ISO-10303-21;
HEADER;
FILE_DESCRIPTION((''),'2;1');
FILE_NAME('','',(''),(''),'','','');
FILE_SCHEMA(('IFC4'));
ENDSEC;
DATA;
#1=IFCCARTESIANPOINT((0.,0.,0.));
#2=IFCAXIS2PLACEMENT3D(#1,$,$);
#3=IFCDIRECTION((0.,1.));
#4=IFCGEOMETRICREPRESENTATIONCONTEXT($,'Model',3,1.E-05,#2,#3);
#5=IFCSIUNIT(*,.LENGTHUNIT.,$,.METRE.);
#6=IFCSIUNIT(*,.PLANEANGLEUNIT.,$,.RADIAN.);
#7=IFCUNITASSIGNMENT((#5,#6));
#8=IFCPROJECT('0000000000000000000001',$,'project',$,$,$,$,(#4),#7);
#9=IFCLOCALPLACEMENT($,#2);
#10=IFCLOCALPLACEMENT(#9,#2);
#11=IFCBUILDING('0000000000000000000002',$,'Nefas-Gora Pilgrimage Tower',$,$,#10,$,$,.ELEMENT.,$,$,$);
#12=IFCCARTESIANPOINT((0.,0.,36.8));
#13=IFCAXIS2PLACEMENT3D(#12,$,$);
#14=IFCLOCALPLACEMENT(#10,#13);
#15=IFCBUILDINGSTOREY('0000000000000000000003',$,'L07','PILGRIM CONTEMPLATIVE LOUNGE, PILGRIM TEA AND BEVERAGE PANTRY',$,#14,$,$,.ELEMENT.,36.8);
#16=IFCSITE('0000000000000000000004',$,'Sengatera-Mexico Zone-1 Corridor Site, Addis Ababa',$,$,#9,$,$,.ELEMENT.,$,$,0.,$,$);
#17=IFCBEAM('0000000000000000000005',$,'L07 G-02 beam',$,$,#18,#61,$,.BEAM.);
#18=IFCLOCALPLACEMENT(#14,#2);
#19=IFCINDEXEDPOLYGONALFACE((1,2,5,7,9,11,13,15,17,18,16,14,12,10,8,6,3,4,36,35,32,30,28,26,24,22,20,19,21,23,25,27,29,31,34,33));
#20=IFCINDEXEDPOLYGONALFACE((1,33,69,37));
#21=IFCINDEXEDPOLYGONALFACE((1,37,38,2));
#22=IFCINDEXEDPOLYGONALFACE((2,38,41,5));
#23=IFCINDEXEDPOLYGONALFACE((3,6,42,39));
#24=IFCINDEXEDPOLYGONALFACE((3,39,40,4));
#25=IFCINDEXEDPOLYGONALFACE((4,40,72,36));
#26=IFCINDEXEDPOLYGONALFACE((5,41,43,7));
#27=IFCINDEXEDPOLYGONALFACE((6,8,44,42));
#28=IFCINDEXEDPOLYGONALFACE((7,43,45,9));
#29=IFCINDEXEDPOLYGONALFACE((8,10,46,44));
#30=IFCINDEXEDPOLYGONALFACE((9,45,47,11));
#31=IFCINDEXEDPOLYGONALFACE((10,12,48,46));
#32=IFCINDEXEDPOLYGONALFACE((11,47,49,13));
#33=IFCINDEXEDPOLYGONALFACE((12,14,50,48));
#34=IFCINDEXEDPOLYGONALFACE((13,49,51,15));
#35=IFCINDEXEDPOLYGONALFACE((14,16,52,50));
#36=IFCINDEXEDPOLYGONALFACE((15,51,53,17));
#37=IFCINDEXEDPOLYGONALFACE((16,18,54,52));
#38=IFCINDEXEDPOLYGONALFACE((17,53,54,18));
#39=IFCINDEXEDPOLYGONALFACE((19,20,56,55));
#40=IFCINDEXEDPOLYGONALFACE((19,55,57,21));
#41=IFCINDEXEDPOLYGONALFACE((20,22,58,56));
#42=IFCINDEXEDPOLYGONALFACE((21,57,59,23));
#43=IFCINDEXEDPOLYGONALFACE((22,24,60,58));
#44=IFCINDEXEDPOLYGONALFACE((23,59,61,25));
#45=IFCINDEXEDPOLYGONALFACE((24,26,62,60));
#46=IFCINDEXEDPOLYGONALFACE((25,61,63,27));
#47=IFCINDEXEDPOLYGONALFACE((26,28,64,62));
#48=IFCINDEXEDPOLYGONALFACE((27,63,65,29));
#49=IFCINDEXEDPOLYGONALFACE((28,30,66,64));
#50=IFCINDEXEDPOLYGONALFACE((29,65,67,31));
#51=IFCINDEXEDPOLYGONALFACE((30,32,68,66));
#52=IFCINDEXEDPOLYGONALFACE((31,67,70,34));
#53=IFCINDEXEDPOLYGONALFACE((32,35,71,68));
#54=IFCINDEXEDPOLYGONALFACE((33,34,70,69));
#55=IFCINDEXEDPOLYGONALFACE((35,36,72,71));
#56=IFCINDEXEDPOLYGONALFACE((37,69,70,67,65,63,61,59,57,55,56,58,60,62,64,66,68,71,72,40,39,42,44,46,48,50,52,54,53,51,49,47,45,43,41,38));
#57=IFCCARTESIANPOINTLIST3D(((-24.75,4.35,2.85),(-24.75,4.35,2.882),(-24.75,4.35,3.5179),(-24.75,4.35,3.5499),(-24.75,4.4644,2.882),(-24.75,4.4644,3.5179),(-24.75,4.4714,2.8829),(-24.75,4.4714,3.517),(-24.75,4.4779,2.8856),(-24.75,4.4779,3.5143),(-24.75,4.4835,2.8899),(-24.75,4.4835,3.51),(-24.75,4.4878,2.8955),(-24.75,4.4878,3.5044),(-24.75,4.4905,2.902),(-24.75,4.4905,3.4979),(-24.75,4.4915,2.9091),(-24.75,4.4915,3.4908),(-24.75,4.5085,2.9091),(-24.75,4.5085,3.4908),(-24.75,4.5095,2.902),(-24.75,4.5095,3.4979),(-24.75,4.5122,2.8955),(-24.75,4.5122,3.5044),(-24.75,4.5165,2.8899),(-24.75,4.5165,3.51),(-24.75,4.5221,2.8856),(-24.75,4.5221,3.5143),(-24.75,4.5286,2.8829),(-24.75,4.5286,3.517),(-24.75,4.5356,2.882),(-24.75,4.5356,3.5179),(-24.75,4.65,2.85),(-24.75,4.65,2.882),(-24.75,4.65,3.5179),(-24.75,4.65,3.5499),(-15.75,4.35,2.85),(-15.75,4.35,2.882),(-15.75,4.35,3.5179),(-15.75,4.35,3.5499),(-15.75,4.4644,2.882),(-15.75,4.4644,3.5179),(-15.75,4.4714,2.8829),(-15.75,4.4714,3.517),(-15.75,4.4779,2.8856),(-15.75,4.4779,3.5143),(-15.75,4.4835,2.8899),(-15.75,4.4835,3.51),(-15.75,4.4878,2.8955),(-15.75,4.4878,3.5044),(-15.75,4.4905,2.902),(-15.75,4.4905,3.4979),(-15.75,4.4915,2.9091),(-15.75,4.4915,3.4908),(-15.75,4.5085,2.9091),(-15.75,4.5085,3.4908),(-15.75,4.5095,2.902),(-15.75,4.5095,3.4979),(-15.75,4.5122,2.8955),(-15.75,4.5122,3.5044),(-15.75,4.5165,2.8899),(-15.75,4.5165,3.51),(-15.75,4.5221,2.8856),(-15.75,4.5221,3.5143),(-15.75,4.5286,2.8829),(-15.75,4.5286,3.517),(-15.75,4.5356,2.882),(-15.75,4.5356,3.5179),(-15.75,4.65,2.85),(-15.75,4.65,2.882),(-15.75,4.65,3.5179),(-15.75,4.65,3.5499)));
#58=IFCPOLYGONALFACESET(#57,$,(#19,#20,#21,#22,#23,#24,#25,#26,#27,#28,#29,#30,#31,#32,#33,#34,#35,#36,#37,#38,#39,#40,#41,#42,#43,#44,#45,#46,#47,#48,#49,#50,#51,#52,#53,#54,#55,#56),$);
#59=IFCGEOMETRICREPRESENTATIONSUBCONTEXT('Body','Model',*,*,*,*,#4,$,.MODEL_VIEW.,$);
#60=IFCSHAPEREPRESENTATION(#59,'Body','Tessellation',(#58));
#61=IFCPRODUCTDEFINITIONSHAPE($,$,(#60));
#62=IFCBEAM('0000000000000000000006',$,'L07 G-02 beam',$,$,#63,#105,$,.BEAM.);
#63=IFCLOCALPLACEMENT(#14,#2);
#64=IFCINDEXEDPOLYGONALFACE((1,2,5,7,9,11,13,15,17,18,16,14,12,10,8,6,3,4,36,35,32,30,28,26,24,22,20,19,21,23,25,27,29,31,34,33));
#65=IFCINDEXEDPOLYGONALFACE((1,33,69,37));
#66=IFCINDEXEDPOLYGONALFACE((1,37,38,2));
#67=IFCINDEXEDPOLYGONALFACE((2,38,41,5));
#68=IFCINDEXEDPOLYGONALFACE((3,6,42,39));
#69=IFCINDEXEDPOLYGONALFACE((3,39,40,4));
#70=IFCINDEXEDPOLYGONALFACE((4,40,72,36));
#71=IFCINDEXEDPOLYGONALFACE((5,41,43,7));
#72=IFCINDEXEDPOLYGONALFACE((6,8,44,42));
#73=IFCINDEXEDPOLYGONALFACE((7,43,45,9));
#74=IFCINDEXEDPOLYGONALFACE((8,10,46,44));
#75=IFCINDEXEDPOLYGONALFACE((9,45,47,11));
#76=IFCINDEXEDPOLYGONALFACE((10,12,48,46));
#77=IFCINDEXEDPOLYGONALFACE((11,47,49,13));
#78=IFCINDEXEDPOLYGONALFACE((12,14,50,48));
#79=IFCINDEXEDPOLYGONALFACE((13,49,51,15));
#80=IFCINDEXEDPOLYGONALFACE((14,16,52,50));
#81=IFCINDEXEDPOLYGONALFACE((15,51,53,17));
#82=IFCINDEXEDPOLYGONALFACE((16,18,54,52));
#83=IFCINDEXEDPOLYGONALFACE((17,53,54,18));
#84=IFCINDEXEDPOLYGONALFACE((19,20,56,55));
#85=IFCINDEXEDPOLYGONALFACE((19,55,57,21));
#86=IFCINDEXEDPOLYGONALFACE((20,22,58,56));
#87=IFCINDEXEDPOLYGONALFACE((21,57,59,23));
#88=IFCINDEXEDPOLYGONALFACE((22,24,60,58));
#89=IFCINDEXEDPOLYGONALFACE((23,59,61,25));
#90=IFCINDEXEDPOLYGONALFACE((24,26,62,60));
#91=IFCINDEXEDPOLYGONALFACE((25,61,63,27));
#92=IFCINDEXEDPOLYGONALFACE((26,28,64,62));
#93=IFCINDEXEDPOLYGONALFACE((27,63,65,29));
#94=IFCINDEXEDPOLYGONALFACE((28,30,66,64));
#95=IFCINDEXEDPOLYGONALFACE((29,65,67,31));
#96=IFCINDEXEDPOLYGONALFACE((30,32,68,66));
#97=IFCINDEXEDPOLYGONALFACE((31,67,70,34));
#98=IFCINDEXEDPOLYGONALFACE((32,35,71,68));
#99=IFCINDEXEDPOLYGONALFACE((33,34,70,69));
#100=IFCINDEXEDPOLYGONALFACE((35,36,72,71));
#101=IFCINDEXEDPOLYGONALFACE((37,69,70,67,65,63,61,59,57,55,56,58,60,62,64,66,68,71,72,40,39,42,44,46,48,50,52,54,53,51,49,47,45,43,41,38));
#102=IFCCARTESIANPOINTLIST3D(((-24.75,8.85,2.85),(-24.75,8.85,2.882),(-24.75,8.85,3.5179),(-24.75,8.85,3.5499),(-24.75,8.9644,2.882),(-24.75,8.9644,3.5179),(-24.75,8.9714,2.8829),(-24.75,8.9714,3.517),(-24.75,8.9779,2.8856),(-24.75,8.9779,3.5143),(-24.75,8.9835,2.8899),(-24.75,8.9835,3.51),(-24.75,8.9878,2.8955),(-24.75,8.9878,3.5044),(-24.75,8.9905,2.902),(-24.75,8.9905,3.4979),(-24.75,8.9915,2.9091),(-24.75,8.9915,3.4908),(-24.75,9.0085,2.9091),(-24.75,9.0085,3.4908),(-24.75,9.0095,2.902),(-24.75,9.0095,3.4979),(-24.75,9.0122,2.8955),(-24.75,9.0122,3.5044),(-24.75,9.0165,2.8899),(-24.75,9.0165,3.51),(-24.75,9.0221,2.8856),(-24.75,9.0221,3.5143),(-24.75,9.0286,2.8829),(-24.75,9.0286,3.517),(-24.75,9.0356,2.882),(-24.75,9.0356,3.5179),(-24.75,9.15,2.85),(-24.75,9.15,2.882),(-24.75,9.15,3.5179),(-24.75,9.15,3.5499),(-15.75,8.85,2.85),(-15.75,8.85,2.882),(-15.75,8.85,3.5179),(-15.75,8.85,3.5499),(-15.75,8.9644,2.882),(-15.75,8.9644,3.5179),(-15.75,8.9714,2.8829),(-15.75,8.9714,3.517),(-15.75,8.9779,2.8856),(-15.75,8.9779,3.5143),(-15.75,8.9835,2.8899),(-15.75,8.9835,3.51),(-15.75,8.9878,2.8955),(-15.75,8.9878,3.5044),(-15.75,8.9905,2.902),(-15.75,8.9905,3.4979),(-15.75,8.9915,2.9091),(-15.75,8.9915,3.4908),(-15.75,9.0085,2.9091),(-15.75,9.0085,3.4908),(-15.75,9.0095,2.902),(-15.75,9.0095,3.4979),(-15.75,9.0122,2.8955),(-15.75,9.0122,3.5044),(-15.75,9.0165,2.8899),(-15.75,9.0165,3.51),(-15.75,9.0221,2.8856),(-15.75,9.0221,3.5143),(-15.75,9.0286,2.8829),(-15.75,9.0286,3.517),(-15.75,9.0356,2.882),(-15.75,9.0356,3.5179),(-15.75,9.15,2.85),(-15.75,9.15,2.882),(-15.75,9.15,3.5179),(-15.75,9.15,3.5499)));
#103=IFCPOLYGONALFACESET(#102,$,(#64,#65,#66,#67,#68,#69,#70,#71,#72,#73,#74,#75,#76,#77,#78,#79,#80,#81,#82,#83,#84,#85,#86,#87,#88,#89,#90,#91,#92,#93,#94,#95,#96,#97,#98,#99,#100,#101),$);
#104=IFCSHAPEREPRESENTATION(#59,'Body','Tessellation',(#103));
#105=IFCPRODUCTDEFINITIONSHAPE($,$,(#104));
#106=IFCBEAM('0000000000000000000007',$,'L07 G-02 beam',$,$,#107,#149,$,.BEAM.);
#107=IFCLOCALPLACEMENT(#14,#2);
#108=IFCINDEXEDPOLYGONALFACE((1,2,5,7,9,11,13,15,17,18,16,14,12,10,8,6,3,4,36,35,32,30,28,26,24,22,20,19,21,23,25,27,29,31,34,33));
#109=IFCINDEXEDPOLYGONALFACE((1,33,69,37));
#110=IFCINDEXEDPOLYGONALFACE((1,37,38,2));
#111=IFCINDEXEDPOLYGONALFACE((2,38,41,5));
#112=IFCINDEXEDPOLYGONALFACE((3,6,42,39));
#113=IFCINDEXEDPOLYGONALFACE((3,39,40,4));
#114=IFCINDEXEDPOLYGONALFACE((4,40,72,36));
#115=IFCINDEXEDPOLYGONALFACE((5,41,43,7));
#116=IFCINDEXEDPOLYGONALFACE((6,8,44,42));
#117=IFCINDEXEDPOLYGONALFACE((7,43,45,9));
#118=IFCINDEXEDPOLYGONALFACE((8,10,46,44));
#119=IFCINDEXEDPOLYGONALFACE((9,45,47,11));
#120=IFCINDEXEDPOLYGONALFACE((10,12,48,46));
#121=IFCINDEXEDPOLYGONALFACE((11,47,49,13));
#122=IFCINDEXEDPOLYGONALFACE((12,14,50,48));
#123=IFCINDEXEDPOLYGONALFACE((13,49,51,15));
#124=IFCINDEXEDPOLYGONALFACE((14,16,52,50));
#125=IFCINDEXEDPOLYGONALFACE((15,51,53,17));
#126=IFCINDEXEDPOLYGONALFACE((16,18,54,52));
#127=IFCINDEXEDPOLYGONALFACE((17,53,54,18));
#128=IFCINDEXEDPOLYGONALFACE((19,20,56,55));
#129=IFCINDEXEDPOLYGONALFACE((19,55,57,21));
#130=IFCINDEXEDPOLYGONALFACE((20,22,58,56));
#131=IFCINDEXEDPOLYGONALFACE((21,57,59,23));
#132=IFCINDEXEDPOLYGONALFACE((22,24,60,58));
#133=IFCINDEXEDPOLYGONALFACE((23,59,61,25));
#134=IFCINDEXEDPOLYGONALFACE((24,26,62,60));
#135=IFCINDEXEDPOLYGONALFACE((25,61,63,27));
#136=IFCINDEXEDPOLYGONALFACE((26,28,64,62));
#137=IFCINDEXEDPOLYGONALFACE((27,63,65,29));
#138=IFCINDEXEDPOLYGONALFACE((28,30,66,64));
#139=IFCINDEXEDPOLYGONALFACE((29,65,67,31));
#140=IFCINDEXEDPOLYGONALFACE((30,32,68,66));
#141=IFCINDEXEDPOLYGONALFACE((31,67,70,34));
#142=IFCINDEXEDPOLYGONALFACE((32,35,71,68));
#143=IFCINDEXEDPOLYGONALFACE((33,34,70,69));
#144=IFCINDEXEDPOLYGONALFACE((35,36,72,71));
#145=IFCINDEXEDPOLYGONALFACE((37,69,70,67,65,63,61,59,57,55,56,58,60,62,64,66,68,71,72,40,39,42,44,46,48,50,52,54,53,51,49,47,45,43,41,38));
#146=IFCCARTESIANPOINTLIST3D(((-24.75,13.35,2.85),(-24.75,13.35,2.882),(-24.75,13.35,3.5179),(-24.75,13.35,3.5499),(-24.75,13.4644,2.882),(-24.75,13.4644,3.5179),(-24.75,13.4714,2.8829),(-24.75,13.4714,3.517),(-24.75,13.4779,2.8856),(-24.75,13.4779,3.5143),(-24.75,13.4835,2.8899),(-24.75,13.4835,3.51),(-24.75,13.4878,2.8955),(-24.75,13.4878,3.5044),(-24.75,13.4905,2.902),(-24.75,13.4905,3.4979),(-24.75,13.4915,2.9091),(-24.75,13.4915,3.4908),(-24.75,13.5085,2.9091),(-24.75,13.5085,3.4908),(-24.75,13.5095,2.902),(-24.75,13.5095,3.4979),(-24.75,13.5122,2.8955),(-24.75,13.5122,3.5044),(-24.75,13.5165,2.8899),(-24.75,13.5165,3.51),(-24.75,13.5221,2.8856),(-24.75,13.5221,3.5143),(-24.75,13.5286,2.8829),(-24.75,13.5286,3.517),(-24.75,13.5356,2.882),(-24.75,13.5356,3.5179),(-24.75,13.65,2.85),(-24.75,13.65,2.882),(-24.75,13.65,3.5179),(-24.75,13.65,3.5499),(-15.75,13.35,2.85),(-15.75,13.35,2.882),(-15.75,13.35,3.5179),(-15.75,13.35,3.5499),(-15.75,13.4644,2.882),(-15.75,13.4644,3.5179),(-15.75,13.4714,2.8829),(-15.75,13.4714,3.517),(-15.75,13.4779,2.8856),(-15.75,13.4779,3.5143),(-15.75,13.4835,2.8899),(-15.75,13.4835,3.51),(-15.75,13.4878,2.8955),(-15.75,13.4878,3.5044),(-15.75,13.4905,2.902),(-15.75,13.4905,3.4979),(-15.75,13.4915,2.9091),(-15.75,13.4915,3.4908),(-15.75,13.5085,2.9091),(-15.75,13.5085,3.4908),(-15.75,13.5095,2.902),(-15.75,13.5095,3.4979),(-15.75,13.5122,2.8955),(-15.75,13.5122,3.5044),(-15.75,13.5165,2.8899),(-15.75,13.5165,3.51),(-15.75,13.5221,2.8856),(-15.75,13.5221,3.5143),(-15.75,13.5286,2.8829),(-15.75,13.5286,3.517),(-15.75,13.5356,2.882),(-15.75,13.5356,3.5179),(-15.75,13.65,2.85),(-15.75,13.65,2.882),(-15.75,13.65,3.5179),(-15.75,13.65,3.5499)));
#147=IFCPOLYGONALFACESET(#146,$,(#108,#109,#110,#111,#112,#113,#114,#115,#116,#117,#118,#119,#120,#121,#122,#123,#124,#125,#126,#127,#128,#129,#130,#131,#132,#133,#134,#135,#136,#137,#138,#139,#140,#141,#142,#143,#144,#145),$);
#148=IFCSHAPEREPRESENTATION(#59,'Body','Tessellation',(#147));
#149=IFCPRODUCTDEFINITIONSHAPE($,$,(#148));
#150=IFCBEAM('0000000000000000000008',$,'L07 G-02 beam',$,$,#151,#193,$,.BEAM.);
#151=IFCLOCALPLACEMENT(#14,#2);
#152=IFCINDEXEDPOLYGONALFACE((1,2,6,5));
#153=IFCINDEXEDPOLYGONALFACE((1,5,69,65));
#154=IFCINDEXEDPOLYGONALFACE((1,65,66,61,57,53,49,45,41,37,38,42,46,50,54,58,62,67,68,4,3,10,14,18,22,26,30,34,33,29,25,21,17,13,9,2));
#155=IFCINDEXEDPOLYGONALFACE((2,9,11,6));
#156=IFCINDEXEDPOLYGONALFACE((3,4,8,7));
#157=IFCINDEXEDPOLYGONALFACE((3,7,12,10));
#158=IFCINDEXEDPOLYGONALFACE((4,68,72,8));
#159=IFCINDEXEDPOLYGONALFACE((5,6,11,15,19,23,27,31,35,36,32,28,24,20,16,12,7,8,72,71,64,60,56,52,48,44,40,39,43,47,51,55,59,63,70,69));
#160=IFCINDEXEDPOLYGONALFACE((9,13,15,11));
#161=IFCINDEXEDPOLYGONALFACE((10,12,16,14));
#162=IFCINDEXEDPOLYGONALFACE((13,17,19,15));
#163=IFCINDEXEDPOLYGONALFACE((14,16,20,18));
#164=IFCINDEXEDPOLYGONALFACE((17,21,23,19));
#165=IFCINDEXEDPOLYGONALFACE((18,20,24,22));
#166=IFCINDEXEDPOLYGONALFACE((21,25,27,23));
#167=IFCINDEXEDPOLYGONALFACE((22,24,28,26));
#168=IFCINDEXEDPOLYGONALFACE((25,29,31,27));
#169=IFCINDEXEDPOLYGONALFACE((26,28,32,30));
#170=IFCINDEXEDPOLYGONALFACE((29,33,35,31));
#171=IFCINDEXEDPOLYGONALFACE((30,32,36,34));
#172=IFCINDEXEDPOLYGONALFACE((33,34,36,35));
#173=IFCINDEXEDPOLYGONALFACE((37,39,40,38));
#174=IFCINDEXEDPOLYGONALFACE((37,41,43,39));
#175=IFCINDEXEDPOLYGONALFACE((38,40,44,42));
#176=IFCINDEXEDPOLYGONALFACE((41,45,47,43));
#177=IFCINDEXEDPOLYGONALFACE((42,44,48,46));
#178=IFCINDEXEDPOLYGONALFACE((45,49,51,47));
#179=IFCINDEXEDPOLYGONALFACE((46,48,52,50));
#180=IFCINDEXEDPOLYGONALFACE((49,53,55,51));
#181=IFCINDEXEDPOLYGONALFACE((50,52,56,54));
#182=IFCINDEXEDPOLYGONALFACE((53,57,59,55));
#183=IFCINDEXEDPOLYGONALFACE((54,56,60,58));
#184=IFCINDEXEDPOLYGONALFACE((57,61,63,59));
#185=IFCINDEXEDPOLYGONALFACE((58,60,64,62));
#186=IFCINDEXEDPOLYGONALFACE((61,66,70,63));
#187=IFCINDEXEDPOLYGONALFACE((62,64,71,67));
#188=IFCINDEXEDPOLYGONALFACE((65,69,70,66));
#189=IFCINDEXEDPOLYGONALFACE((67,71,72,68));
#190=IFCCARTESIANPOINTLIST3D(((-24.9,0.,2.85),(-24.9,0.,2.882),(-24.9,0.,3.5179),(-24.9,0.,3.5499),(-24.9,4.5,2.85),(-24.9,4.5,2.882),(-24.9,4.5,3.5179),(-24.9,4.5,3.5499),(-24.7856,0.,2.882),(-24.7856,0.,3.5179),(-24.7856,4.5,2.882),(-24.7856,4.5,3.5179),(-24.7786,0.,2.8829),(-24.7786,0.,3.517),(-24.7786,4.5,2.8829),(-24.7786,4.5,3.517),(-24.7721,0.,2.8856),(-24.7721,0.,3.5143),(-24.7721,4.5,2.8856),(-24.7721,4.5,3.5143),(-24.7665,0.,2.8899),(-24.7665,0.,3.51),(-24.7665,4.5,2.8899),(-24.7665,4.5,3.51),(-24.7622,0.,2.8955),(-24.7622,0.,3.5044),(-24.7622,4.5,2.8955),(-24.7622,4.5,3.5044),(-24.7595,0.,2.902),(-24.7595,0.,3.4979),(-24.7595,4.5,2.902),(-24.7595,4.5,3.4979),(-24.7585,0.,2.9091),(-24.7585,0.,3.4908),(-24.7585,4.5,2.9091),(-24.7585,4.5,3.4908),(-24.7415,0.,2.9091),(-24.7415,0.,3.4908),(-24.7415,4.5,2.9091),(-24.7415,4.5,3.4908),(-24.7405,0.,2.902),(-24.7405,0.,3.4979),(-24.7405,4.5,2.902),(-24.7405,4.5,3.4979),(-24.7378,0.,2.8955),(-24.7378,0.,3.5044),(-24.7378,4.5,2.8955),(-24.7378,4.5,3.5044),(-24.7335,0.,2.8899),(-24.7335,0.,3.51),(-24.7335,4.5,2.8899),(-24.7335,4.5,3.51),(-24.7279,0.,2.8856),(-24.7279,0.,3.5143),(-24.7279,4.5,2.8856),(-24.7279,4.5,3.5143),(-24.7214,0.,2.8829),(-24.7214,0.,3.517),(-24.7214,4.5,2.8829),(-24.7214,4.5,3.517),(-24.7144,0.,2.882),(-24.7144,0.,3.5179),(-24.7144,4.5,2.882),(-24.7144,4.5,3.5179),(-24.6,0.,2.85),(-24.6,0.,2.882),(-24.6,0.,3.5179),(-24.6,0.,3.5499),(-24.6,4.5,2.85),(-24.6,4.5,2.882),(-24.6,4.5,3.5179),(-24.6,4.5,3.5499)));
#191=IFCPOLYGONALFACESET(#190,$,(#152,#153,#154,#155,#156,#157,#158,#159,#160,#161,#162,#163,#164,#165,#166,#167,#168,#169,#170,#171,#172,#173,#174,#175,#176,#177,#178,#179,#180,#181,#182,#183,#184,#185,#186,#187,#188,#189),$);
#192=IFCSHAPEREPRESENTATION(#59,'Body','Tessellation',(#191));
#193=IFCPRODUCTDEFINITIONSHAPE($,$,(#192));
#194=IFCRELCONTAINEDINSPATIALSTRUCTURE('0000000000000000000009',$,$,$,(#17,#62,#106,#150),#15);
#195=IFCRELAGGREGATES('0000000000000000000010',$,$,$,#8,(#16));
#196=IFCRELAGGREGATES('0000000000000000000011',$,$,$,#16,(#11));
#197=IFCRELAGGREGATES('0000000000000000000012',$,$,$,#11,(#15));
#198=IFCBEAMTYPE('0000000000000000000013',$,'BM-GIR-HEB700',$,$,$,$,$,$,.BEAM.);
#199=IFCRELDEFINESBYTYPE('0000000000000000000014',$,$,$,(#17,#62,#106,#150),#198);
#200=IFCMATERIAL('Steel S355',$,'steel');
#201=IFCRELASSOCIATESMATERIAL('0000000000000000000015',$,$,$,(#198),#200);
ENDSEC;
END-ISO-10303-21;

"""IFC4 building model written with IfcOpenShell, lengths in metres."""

from ifc_helpers import new_model, si_unit, direction, frame, origin, origin_2d, place, context, subcontext, project, spatial, i_section, extrude, source, transform, mapped, material, material_profile, profile_set, type_object, element, save


model = new_model("IFC4")

# Units and contexts
model_context = context("Model", 3, precision=1e-05, world=origin(), true_north=direction((0.0, 1.0)))
body_context = subcontext(model_context, "Body", "Model", "MODEL_VIEW")
ifc_project = project(units=[si_unit("LENGTHUNIT", "METRE"), si_unit("PLANEANGLEUNIT", "RADIAN")], contexts=[model_context])

# Site, building, storey
site_placement = place(None, origin())
site = spatial("IfcSite", under=ifc_project, at=site_placement, Name="Sengatera-Mexico Zone-1 Corridor Site, Addis Ababa", CompositionType="ELEMENT", RefElevation=0.0)
building_placement = place(site_placement, origin())
building = spatial("IfcBuilding", under=site, at=building_placement, Name="Nefas-Gora Pilgrimage Tower", CompositionType="ELEMENT")
storey_placement = place(building_placement, frame((0.0, 0.0, 36.8)))
storey = spatial("IfcBuildingStorey", under=building, at=storey_placement, Name="L07", Description="PILGRIM CONTEMPLATIVE LOUNGE, PILGRIM TEA AND BEVERAGE PANTRY", CompositionType="ELEMENT", Elevation=36.8)

# Beams
ifc_material_1 = material(Name="Steel S355", Category="steel")
ifc_material_profile_1 = material_profile(ifc_material_1, i_section(OverallWidth=0.3, OverallDepth=0.7, WebThickness=0.0171, FlangeThickness=0.032, FilletRadius=0.0271, at=origin_2d()), Name="HEB 700")
ifc_profile_set_1 = profile_set([ifc_material_profile_1], Name="Steel S355")
beam_type_1 = type_object("IfcBeamType", Name="BM-GIR-HEB700", PredefinedType="BEAM", material=ifc_profile_set_1)
shared_shape_1 = source(origin(), body_context, "Body", "SweptSolid", [
    extrude(i_section(OverallWidth=0.3, OverallDepth=0.7, WebThickness=0.0171, FlangeThickness=0.032, FilletRadius=0.0271, at=origin_2d()), origin(), (0.0, 0.0, 1.0), 9.0),
])
for number, where, z_axis, x_axis, name in (
    (1, (-24.75, 4.5, 3.2), (1.0, 0.0, 0.0), (0.0, 1.0, 0.0), "L07 G-02 beam"),
    (2, (-24.75, 9.0, 3.2), (1.0, 0.0, 0.0), (0.0, 1.0, 0.0), "L07 G-02 beam"),
    (3, (-24.75, 13.5, 3.2), (1.0, 0.0, 0.0), (0.0, 1.0, 0.0), "L07 G-02 beam"),
):
    element("IfcBeam", number, at=place(storey_placement, frame(where, z_axis=z_axis, x_axis=x_axis)), inside=storey, type_object=beam_type_1, Name=name, PredefinedType="BEAM", context=body_context, shape_type="MappedRepresentation", body=[
        mapped(shared_shape_1, transform((0.0, 0.0, 0.0), x_axis=(1.0, 0.0, 0.0), y_axis=(0.0, 1.0, 0.0), z_axis=(0.0, 0.0, 1.0), scale=1.0)),
    ])
shared_shape_2 = source(origin(), body_context, "Body", "SweptSolid", [
    extrude(i_section(OverallWidth=0.3, OverallDepth=0.7, WebThickness=0.0171, FlangeThickness=0.032, FilletRadius=0.0271, at=origin_2d()), origin(), (0.0, 0.0, 1.0), 4.5),
])
for number, where, z_axis, x_axis, name in (
    (4, (-24.75, 0.0, 3.2), (0.0, 1.0, 0.0), (-1.0, 0.0, 0.0), "L07 G-02 beam"),
):
    element("IfcBeam", number, at=place(storey_placement, frame(where, z_axis=z_axis, x_axis=x_axis)), inside=storey, type_object=beam_type_1, Name=name, PredefinedType="BEAM", context=body_context, shape_type="MappedRepresentation", body=[
        mapped(shared_shape_2, transform((0.0, 0.0, 0.0), x_axis=(1.0, 0.0, 0.0), y_axis=(0.0, 1.0, 0.0), z_axis=(0.0, 0.0, 1.0), scale=1.0)),
    ])

save(model, "model.ifc")
